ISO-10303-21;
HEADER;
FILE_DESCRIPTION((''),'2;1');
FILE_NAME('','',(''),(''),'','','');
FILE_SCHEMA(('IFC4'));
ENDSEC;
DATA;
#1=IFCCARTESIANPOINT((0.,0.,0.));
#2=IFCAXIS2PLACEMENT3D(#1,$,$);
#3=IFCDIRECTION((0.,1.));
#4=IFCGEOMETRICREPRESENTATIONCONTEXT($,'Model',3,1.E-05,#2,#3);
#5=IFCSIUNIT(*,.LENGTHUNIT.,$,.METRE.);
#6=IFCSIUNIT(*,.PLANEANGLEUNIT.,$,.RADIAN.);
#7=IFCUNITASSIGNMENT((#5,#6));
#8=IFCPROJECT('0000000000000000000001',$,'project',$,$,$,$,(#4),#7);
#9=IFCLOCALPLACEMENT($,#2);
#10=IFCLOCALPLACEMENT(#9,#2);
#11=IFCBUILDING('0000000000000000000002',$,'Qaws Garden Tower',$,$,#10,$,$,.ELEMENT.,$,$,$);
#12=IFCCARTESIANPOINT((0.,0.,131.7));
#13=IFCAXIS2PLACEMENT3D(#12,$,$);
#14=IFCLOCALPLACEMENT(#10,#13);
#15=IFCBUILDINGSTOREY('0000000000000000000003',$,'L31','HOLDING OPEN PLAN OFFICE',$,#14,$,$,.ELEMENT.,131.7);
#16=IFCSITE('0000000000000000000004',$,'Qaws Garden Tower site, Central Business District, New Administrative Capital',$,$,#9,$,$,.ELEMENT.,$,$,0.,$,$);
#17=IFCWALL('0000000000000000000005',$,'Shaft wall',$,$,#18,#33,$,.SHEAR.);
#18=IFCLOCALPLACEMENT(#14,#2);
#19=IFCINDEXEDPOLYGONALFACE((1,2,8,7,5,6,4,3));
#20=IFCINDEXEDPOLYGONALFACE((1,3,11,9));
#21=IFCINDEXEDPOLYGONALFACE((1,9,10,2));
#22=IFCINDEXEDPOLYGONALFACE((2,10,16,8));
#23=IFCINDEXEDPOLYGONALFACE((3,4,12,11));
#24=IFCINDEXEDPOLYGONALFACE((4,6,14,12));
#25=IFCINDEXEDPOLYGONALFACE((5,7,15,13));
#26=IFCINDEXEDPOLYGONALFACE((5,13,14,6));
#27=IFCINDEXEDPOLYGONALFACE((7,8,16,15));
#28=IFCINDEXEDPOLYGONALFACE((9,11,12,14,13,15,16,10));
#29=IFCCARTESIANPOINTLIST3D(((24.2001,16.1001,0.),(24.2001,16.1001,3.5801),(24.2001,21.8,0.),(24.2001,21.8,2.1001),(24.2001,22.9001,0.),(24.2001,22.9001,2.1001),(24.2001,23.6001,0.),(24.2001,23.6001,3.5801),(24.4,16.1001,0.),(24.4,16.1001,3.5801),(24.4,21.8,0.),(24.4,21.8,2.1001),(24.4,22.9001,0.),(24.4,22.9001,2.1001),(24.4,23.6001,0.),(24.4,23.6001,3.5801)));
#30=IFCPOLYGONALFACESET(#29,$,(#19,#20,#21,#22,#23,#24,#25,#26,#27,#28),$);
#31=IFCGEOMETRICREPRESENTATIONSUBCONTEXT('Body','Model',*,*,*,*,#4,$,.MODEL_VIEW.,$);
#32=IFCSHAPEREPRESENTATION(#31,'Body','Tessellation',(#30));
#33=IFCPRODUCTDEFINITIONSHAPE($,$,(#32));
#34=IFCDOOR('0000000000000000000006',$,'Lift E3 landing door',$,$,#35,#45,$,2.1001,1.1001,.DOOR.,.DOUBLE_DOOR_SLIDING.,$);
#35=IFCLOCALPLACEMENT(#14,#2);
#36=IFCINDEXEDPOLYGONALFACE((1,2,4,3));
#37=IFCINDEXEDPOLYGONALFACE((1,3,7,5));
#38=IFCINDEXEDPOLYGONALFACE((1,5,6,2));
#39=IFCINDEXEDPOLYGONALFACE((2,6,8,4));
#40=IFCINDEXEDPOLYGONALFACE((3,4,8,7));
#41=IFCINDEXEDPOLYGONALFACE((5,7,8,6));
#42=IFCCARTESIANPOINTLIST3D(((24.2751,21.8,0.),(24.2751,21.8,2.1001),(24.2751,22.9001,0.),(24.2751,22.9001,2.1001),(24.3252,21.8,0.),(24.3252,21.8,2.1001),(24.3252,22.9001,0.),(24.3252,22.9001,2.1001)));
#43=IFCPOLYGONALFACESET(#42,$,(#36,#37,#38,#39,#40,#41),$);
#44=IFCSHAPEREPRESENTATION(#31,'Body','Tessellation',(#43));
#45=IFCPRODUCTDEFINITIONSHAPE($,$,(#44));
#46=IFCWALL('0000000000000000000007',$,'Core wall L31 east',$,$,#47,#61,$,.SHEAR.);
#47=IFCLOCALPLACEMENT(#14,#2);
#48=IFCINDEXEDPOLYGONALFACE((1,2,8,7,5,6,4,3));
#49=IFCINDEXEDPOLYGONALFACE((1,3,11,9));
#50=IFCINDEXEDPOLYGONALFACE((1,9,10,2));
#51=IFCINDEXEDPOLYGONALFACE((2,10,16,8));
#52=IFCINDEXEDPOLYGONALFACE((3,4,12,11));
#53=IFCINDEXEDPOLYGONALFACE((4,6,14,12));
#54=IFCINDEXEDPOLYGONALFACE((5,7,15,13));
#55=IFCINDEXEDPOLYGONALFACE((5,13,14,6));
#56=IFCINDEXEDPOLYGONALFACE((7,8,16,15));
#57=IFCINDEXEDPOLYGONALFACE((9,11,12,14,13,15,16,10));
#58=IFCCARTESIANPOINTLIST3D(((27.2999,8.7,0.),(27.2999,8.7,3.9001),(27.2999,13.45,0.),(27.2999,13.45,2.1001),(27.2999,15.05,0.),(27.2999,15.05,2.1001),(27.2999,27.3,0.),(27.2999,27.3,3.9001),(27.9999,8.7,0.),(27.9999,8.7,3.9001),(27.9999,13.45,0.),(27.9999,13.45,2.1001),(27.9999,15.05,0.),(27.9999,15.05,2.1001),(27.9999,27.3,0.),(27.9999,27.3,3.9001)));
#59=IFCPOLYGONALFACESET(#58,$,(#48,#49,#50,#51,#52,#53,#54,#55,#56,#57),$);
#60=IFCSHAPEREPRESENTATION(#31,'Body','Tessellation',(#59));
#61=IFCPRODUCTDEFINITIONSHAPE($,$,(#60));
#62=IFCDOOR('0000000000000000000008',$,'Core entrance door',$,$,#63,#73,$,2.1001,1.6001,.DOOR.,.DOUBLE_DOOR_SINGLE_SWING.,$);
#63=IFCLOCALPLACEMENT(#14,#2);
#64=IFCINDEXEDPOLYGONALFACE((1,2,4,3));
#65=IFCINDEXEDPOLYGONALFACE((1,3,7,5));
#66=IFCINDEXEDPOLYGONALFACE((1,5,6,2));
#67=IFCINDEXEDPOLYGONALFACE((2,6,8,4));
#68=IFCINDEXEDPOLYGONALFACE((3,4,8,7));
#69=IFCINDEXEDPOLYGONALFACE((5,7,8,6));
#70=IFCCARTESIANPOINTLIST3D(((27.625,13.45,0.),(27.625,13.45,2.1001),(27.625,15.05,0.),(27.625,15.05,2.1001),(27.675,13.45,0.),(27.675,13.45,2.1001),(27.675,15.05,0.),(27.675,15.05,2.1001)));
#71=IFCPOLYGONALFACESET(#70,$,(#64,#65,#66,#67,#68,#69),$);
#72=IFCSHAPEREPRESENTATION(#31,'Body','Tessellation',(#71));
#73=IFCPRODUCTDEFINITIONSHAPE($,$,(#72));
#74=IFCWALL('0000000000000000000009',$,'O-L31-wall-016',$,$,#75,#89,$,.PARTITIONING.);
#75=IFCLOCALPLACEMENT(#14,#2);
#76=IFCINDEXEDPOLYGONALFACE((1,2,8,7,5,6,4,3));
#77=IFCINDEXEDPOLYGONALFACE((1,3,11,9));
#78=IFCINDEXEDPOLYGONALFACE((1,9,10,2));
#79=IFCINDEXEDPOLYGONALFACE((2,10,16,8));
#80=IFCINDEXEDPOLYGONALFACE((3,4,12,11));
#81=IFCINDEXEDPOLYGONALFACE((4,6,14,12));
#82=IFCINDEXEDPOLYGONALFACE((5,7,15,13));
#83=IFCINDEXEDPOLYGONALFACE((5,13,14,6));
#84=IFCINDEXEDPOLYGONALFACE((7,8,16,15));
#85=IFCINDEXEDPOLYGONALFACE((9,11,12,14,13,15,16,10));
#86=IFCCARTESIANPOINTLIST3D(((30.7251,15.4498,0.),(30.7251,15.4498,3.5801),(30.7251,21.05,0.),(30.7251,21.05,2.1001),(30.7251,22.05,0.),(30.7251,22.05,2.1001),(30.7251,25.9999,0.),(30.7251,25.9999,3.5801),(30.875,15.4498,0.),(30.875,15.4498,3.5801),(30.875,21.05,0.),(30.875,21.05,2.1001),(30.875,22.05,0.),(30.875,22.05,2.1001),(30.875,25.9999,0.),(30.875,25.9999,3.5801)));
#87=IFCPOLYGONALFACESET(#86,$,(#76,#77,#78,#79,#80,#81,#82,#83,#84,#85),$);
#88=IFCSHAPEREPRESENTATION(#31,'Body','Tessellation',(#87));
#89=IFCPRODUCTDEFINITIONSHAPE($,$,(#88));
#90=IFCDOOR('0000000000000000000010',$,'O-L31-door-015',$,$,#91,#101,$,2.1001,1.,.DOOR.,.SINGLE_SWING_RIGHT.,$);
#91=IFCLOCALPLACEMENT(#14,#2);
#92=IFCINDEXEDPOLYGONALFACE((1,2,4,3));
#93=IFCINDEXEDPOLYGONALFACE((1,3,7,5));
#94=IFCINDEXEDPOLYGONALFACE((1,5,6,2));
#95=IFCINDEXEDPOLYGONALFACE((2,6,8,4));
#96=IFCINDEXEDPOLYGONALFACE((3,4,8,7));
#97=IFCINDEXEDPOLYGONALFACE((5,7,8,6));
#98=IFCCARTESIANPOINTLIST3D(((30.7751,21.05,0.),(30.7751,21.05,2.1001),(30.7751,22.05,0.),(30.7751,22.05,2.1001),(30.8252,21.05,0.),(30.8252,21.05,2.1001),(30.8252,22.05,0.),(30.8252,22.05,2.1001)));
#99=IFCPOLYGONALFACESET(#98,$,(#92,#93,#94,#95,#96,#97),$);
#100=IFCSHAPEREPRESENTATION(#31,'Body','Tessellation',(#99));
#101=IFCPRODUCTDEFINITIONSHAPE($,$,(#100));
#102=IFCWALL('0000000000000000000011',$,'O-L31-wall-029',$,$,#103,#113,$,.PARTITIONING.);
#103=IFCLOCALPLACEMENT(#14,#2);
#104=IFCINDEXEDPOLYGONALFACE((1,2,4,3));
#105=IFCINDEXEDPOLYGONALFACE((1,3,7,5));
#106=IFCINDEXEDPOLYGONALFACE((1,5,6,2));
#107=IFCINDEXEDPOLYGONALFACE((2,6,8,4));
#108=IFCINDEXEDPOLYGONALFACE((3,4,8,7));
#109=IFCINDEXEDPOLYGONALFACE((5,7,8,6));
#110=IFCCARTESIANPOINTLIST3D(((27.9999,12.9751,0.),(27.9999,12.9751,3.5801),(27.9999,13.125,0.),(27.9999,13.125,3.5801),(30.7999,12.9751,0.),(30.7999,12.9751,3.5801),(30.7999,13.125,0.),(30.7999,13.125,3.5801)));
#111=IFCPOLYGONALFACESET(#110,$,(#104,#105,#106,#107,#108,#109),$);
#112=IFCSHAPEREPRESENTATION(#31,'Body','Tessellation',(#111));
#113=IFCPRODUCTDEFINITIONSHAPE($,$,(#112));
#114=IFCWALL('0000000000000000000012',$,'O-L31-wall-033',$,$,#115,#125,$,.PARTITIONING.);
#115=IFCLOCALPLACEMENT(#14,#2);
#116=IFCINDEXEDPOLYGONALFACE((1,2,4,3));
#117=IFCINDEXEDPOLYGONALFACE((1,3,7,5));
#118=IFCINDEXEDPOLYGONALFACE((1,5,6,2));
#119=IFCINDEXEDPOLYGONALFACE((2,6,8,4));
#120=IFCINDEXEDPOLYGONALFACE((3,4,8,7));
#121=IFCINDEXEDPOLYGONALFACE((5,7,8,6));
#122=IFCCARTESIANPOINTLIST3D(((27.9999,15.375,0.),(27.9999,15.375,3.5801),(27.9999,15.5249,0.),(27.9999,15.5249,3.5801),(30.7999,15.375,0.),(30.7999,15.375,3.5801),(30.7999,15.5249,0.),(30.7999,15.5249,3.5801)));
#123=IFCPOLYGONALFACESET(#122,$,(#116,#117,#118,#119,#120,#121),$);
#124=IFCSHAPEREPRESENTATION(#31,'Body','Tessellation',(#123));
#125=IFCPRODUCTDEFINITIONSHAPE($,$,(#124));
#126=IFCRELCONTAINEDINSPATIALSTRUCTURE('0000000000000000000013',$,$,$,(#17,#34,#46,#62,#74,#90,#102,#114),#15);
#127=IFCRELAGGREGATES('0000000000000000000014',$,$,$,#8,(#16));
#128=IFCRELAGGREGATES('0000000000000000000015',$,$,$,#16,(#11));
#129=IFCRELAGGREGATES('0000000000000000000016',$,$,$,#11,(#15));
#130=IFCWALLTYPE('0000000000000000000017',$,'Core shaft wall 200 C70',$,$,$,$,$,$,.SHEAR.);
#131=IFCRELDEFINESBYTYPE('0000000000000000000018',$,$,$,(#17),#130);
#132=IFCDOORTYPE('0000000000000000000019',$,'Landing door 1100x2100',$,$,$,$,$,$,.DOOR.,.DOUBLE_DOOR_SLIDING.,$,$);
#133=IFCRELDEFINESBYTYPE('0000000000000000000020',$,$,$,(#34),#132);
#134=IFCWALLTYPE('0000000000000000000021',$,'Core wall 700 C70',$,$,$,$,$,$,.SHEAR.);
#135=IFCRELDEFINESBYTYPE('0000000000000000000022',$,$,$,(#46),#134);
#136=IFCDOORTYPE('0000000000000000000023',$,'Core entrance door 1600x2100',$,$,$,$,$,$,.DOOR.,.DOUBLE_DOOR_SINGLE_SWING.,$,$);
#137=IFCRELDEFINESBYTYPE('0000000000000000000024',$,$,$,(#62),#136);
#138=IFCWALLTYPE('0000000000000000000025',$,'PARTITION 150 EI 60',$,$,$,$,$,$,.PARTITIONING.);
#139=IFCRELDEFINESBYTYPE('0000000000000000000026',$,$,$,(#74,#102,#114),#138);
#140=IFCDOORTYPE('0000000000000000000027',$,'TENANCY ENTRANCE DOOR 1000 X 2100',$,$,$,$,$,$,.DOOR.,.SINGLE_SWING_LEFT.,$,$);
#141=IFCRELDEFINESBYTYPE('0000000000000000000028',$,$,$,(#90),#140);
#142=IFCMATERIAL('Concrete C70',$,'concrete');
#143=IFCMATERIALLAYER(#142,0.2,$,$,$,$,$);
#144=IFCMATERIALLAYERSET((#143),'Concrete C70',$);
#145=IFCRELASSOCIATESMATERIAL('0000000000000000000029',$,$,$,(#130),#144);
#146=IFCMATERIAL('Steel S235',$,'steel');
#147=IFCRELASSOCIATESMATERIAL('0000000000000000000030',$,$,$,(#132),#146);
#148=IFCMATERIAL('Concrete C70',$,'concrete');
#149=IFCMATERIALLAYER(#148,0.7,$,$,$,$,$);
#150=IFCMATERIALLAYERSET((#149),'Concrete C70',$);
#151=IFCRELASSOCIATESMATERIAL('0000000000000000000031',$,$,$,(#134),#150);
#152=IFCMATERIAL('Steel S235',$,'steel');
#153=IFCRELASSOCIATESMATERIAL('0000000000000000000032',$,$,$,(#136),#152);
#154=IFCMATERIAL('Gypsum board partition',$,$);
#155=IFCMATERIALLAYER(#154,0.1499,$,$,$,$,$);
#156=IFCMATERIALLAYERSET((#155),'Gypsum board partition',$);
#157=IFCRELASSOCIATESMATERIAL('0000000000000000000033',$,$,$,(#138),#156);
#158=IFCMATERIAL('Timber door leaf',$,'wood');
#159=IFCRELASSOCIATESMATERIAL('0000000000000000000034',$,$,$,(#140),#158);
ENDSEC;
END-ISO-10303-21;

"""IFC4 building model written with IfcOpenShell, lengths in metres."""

from ifc_helpers import new_model, si_unit, direction, frame, frame_2d, origin, place, context, subcontext, project, spatial, rectangle, extrude, material, layer, layer_set, type_object, element, fill, save


model = new_model("IFC4")

# Units and contexts
model_context = context("Model", 3, precision=1e-05, world=origin(), true_north=direction((0.0, 1.0)))
body_context = subcontext(model_context, "Body", "Model", "MODEL_VIEW")
ifc_project = project(units=[si_unit("LENGTHUNIT", "METRE"), si_unit("PLANEANGLEUNIT", "RADIAN")], contexts=[model_context])

# Site, building, storey
site_placement = place(None, origin())
site = spatial("IfcSite", under=ifc_project, at=site_placement, Name="Qaws Garden Tower site, Central Business District, New Administrative Capital", CompositionType="ELEMENT", RefElevation=0.0)
building_placement = place(site_placement, origin())
building = spatial("IfcBuilding", under=site, at=building_placement, Name="Qaws Garden Tower", CompositionType="ELEMENT")
storey_placement = place(building_placement, frame((0.0, 0.0, 131.7)))
storey = spatial("IfcBuildingStorey", under=building, at=storey_placement, Name="L31", Description="HOLDING OPEN PLAN OFFICE", CompositionType="ELEMENT", Elevation=131.7)

# Shared definitions
ifc_material_1 = material(Name="Concrete C70", Category="concrete")
ifc_layer_1 = layer(ifc_material_1, 0.2)
ifc_layer_set_1 = layer_set([ifc_layer_1], Name="Concrete C70")
wall_type_1 = type_object("IfcWallType", Name="Core shaft wall 200 C70", PredefinedType="SHEAR", material=ifc_layer_set_1)
ifc_material_2 = material(Name="Steel S235", Category="steel")
door_type_1 = type_object("IfcDoorType", Name="Landing door 1100x2100", OperationType="DOUBLE_DOOR_SLIDING", PredefinedType="DOOR", material=ifc_material_2)

# Walls, openings, doors
wall_1_placement = place(storey_placement, frame((24.3, 16.1001, 0.0), z_axis=(0.0, 0.0, 1.0), x_axis=(0.0, 1.0, 0.0)))
wall_1 = element("IfcWall", 1, at=wall_1_placement, inside=storey, type_object=wall_type_1, Name="Shaft wall", PredefinedType="SHEAR", context=body_context, shape_type="SweptSolid", body=[
    extrude(rectangle(XDim=7.5, YDim=0.2, at=frame_2d((3.75, 0.0))), origin(), (0.0, 0.0, 1.0), 3.5801),
])
opening_1_placement = place(wall_1_placement, frame((5.7, 0.0, 0.0)))
opening_1 = element("IfcOpeningElement", 2, at=opening_1_placement, cuts=wall_1, PredefinedType="OPENING", context=body_context, shape_type="SweptSolid", body=[
    extrude(rectangle(XDim=1.1001, YDim=2.1001, at=frame_2d((0.55, 1.05))), frame((0.0, 0.1099, 0.0), z_axis=(0.0, -1.0, 0.0), x_axis=(1.0, 0.0, 0.0)), (0.0, 0.0, 1.0), 0.22),
])
door_1_placement = place(opening_1_placement, origin())
door_1 = element("IfcDoor", 3, at=door_1_placement, inside=storey, type_object=door_type_1, Name="Lift E3 landing door", OperationType="DOUBLE_DOOR_SLIDING", OverallHeight=2.1001, OverallWidth=1.1001, PredefinedType="DOOR", context=body_context, shape_type="SweptSolid", body=[
    extrude(rectangle(XDim=1.1001, YDim=2.1001, at=frame_2d((0.55, 1.05))), frame((0.0, 0.0249, 0.0), z_axis=(0.0, -1.0, 0.0), x_axis=(1.0, 0.0, 0.0)), (0.0, 0.0, 1.0), 0.05),
])
fill(opening_1, door_1)
ifc_material_3 = material(Name="Concrete C70", Category="concrete")
ifc_layer_2 = layer(ifc_material_3, 0.7)
ifc_layer_set_2 = layer_set([ifc_layer_2], Name="Concrete C70")
wall_type_2 = type_object("IfcWallType", Name="Core wall 700 C70", PredefinedType="SHEAR", material=ifc_layer_set_2)
wall_2_placement = place(storey_placement, frame((27.6499, 8.7, 0.0), z_axis=(0.0, 0.0, 1.0), x_axis=(0.0, 1.0, 0.0)))
wall_2 = element("IfcWall", 4, at=wall_2_placement, inside=storey, type_object=wall_type_2, Name="Core wall L31 east", PredefinedType="SHEAR", context=body_context, shape_type="SweptSolid", body=[
    extrude(rectangle(XDim=18.6001, YDim=0.7, at=frame_2d((9.3, 0.0))), origin(), (0.0, 0.0, 1.0), 3.9001),
])
opening_2_placement = place(wall_2_placement, frame((4.75, 0.0, 0.0)))
opening_2 = element("IfcOpeningElement", 5, at=opening_2_placement, cuts=wall_2, PredefinedType="OPENING", context=body_context, shape_type="SweptSolid", body=[
    extrude(rectangle(XDim=1.6001, YDim=2.1001, at=frame_2d((0.8, 1.05))), frame((0.0, 0.3599, 0.0), z_axis=(0.0, -1.0, 0.0), x_axis=(1.0, 0.0, 0.0)), (0.0, 0.0, 1.0), 0.72),
])
ifc_material_4 = material(Name="Steel S235", Category="steel")
door_type_2 = type_object("IfcDoorType", Name="Core entrance door 1600x2100", OperationType="DOUBLE_DOOR_SINGLE_SWING", PredefinedType="DOOR", material=ifc_material_4)
door_2_placement = place(opening_2_placement, origin())
door_2 = element("IfcDoor", 6, at=door_2_placement, inside=storey, type_object=door_type_2, Name="Core entrance door", OperationType="DOUBLE_DOOR_SINGLE_SWING", OverallHeight=2.1001, OverallWidth=1.6001, PredefinedType="DOOR", context=body_context, shape_type="SweptSolid", body=[
    extrude(rectangle(XDim=1.6001, YDim=2.1001, at=frame_2d((0.8, 1.05))), frame((0.0, 0.0249, 0.0), z_axis=(0.0, -1.0, 0.0), x_axis=(1.0, 0.0, 0.0)), (0.0, 0.0, 1.0), 0.05),
])
fill(opening_2, door_2)
ifc_material_5 = material(Name="Gypsum board partition")
ifc_layer_3 = layer(ifc_material_5, 0.1499)
ifc_layer_set_3 = layer_set([ifc_layer_3], Name="Gypsum board partition")
wall_type_3 = type_object("IfcWallType", Name="PARTITION 150 EI 60", PredefinedType="PARTITIONING", material=ifc_layer_set_3)
wall_3_placement = place(storey_placement, frame((30.8, 15.45, 0.0), z_axis=(0.0, 0.0, 1.0), x_axis=(0.0, 1.0, 0.0)))
wall_3 = element("IfcWall", 7, at=wall_3_placement, inside=storey, type_object=wall_type_3, Name="O-L31-wall-016", PredefinedType="PARTITIONING", context=body_context, shape_type="SweptSolid", body=[
    extrude(rectangle(XDim=10.55, YDim=0.1499, at=frame_2d((5.2749, 0.0))), origin(), (0.0, 0.0, 1.0), 3.5801),
])
opening_3_placement = place(wall_3_placement, frame((5.6001, 0.0, 0.0)))
opening_3 = element("IfcOpeningElement", 8, at=opening_3_placement, cuts=wall_3, PredefinedType="OPENING", context=body_context, shape_type="SweptSolid", body=[
    extrude(rectangle(XDim=1.0, YDim=2.1001, at=frame_2d((0.5, 1.05))), frame((0.0, 0.085, 0.0), z_axis=(0.0, -1.0, 0.0), x_axis=(1.0, 0.0, 0.0)), (0.0, 0.0, 1.0), 0.1699),
])
ifc_material_6 = material(Name="Timber door leaf", Category="wood")
door_type_3 = type_object("IfcDoorType", Name="TENANCY ENTRANCE DOOR 1000 X 2100", OperationType="SINGLE_SWING_LEFT", PredefinedType="DOOR", material=ifc_material_6)
door_3_placement = place(opening_3_placement, origin())
door_3 = element("IfcDoor", 9, at=door_3_placement, inside=storey, type_object=door_type_3, Name="O-L31-door-015", OperationType="SINGLE_SWING_RIGHT", OverallHeight=2.1001, OverallWidth=1.0, PredefinedType="DOOR", context=body_context, shape_type="SweptSolid", body=[
    extrude(rectangle(XDim=1.0, YDim=2.1001, at=frame_2d((0.5, 1.05))), frame((0.0, 0.0249, 0.0), z_axis=(0.0, -1.0, 0.0), x_axis=(1.0, 0.0, 0.0)), (0.0, 0.0, 1.0), 0.05),
])
fill(opening_3, door_3)

# Walls
for number, where, z_axis, x_axis, name in (
    (10, (28.0, 13.05, 0.0), (0.0, 0.0, 1.0), (1.0, 0.0, 0.0), "O-L31-wall-029"),
    (11, (28.0, 15.45, 0.0), (0.0, 0.0, 1.0), (1.0, 0.0, 0.0), "O-L31-wall-033"),
):
    element("IfcWall", number, at=place(storey_placement, frame(where, z_axis=z_axis, x_axis=x_axis)), inside=storey, type_object=wall_type_3, Name=name, PredefinedType="PARTITIONING", context=body_context, shape_type="SweptSolid", body=[
        extrude(rectangle(XDim=2.8, YDim=0.1499, at=frame_2d((1.3999, 0.0))), origin(), (0.0, 0.0, 1.0), 3.5801),
    ])

save(model, "model.ifc")
